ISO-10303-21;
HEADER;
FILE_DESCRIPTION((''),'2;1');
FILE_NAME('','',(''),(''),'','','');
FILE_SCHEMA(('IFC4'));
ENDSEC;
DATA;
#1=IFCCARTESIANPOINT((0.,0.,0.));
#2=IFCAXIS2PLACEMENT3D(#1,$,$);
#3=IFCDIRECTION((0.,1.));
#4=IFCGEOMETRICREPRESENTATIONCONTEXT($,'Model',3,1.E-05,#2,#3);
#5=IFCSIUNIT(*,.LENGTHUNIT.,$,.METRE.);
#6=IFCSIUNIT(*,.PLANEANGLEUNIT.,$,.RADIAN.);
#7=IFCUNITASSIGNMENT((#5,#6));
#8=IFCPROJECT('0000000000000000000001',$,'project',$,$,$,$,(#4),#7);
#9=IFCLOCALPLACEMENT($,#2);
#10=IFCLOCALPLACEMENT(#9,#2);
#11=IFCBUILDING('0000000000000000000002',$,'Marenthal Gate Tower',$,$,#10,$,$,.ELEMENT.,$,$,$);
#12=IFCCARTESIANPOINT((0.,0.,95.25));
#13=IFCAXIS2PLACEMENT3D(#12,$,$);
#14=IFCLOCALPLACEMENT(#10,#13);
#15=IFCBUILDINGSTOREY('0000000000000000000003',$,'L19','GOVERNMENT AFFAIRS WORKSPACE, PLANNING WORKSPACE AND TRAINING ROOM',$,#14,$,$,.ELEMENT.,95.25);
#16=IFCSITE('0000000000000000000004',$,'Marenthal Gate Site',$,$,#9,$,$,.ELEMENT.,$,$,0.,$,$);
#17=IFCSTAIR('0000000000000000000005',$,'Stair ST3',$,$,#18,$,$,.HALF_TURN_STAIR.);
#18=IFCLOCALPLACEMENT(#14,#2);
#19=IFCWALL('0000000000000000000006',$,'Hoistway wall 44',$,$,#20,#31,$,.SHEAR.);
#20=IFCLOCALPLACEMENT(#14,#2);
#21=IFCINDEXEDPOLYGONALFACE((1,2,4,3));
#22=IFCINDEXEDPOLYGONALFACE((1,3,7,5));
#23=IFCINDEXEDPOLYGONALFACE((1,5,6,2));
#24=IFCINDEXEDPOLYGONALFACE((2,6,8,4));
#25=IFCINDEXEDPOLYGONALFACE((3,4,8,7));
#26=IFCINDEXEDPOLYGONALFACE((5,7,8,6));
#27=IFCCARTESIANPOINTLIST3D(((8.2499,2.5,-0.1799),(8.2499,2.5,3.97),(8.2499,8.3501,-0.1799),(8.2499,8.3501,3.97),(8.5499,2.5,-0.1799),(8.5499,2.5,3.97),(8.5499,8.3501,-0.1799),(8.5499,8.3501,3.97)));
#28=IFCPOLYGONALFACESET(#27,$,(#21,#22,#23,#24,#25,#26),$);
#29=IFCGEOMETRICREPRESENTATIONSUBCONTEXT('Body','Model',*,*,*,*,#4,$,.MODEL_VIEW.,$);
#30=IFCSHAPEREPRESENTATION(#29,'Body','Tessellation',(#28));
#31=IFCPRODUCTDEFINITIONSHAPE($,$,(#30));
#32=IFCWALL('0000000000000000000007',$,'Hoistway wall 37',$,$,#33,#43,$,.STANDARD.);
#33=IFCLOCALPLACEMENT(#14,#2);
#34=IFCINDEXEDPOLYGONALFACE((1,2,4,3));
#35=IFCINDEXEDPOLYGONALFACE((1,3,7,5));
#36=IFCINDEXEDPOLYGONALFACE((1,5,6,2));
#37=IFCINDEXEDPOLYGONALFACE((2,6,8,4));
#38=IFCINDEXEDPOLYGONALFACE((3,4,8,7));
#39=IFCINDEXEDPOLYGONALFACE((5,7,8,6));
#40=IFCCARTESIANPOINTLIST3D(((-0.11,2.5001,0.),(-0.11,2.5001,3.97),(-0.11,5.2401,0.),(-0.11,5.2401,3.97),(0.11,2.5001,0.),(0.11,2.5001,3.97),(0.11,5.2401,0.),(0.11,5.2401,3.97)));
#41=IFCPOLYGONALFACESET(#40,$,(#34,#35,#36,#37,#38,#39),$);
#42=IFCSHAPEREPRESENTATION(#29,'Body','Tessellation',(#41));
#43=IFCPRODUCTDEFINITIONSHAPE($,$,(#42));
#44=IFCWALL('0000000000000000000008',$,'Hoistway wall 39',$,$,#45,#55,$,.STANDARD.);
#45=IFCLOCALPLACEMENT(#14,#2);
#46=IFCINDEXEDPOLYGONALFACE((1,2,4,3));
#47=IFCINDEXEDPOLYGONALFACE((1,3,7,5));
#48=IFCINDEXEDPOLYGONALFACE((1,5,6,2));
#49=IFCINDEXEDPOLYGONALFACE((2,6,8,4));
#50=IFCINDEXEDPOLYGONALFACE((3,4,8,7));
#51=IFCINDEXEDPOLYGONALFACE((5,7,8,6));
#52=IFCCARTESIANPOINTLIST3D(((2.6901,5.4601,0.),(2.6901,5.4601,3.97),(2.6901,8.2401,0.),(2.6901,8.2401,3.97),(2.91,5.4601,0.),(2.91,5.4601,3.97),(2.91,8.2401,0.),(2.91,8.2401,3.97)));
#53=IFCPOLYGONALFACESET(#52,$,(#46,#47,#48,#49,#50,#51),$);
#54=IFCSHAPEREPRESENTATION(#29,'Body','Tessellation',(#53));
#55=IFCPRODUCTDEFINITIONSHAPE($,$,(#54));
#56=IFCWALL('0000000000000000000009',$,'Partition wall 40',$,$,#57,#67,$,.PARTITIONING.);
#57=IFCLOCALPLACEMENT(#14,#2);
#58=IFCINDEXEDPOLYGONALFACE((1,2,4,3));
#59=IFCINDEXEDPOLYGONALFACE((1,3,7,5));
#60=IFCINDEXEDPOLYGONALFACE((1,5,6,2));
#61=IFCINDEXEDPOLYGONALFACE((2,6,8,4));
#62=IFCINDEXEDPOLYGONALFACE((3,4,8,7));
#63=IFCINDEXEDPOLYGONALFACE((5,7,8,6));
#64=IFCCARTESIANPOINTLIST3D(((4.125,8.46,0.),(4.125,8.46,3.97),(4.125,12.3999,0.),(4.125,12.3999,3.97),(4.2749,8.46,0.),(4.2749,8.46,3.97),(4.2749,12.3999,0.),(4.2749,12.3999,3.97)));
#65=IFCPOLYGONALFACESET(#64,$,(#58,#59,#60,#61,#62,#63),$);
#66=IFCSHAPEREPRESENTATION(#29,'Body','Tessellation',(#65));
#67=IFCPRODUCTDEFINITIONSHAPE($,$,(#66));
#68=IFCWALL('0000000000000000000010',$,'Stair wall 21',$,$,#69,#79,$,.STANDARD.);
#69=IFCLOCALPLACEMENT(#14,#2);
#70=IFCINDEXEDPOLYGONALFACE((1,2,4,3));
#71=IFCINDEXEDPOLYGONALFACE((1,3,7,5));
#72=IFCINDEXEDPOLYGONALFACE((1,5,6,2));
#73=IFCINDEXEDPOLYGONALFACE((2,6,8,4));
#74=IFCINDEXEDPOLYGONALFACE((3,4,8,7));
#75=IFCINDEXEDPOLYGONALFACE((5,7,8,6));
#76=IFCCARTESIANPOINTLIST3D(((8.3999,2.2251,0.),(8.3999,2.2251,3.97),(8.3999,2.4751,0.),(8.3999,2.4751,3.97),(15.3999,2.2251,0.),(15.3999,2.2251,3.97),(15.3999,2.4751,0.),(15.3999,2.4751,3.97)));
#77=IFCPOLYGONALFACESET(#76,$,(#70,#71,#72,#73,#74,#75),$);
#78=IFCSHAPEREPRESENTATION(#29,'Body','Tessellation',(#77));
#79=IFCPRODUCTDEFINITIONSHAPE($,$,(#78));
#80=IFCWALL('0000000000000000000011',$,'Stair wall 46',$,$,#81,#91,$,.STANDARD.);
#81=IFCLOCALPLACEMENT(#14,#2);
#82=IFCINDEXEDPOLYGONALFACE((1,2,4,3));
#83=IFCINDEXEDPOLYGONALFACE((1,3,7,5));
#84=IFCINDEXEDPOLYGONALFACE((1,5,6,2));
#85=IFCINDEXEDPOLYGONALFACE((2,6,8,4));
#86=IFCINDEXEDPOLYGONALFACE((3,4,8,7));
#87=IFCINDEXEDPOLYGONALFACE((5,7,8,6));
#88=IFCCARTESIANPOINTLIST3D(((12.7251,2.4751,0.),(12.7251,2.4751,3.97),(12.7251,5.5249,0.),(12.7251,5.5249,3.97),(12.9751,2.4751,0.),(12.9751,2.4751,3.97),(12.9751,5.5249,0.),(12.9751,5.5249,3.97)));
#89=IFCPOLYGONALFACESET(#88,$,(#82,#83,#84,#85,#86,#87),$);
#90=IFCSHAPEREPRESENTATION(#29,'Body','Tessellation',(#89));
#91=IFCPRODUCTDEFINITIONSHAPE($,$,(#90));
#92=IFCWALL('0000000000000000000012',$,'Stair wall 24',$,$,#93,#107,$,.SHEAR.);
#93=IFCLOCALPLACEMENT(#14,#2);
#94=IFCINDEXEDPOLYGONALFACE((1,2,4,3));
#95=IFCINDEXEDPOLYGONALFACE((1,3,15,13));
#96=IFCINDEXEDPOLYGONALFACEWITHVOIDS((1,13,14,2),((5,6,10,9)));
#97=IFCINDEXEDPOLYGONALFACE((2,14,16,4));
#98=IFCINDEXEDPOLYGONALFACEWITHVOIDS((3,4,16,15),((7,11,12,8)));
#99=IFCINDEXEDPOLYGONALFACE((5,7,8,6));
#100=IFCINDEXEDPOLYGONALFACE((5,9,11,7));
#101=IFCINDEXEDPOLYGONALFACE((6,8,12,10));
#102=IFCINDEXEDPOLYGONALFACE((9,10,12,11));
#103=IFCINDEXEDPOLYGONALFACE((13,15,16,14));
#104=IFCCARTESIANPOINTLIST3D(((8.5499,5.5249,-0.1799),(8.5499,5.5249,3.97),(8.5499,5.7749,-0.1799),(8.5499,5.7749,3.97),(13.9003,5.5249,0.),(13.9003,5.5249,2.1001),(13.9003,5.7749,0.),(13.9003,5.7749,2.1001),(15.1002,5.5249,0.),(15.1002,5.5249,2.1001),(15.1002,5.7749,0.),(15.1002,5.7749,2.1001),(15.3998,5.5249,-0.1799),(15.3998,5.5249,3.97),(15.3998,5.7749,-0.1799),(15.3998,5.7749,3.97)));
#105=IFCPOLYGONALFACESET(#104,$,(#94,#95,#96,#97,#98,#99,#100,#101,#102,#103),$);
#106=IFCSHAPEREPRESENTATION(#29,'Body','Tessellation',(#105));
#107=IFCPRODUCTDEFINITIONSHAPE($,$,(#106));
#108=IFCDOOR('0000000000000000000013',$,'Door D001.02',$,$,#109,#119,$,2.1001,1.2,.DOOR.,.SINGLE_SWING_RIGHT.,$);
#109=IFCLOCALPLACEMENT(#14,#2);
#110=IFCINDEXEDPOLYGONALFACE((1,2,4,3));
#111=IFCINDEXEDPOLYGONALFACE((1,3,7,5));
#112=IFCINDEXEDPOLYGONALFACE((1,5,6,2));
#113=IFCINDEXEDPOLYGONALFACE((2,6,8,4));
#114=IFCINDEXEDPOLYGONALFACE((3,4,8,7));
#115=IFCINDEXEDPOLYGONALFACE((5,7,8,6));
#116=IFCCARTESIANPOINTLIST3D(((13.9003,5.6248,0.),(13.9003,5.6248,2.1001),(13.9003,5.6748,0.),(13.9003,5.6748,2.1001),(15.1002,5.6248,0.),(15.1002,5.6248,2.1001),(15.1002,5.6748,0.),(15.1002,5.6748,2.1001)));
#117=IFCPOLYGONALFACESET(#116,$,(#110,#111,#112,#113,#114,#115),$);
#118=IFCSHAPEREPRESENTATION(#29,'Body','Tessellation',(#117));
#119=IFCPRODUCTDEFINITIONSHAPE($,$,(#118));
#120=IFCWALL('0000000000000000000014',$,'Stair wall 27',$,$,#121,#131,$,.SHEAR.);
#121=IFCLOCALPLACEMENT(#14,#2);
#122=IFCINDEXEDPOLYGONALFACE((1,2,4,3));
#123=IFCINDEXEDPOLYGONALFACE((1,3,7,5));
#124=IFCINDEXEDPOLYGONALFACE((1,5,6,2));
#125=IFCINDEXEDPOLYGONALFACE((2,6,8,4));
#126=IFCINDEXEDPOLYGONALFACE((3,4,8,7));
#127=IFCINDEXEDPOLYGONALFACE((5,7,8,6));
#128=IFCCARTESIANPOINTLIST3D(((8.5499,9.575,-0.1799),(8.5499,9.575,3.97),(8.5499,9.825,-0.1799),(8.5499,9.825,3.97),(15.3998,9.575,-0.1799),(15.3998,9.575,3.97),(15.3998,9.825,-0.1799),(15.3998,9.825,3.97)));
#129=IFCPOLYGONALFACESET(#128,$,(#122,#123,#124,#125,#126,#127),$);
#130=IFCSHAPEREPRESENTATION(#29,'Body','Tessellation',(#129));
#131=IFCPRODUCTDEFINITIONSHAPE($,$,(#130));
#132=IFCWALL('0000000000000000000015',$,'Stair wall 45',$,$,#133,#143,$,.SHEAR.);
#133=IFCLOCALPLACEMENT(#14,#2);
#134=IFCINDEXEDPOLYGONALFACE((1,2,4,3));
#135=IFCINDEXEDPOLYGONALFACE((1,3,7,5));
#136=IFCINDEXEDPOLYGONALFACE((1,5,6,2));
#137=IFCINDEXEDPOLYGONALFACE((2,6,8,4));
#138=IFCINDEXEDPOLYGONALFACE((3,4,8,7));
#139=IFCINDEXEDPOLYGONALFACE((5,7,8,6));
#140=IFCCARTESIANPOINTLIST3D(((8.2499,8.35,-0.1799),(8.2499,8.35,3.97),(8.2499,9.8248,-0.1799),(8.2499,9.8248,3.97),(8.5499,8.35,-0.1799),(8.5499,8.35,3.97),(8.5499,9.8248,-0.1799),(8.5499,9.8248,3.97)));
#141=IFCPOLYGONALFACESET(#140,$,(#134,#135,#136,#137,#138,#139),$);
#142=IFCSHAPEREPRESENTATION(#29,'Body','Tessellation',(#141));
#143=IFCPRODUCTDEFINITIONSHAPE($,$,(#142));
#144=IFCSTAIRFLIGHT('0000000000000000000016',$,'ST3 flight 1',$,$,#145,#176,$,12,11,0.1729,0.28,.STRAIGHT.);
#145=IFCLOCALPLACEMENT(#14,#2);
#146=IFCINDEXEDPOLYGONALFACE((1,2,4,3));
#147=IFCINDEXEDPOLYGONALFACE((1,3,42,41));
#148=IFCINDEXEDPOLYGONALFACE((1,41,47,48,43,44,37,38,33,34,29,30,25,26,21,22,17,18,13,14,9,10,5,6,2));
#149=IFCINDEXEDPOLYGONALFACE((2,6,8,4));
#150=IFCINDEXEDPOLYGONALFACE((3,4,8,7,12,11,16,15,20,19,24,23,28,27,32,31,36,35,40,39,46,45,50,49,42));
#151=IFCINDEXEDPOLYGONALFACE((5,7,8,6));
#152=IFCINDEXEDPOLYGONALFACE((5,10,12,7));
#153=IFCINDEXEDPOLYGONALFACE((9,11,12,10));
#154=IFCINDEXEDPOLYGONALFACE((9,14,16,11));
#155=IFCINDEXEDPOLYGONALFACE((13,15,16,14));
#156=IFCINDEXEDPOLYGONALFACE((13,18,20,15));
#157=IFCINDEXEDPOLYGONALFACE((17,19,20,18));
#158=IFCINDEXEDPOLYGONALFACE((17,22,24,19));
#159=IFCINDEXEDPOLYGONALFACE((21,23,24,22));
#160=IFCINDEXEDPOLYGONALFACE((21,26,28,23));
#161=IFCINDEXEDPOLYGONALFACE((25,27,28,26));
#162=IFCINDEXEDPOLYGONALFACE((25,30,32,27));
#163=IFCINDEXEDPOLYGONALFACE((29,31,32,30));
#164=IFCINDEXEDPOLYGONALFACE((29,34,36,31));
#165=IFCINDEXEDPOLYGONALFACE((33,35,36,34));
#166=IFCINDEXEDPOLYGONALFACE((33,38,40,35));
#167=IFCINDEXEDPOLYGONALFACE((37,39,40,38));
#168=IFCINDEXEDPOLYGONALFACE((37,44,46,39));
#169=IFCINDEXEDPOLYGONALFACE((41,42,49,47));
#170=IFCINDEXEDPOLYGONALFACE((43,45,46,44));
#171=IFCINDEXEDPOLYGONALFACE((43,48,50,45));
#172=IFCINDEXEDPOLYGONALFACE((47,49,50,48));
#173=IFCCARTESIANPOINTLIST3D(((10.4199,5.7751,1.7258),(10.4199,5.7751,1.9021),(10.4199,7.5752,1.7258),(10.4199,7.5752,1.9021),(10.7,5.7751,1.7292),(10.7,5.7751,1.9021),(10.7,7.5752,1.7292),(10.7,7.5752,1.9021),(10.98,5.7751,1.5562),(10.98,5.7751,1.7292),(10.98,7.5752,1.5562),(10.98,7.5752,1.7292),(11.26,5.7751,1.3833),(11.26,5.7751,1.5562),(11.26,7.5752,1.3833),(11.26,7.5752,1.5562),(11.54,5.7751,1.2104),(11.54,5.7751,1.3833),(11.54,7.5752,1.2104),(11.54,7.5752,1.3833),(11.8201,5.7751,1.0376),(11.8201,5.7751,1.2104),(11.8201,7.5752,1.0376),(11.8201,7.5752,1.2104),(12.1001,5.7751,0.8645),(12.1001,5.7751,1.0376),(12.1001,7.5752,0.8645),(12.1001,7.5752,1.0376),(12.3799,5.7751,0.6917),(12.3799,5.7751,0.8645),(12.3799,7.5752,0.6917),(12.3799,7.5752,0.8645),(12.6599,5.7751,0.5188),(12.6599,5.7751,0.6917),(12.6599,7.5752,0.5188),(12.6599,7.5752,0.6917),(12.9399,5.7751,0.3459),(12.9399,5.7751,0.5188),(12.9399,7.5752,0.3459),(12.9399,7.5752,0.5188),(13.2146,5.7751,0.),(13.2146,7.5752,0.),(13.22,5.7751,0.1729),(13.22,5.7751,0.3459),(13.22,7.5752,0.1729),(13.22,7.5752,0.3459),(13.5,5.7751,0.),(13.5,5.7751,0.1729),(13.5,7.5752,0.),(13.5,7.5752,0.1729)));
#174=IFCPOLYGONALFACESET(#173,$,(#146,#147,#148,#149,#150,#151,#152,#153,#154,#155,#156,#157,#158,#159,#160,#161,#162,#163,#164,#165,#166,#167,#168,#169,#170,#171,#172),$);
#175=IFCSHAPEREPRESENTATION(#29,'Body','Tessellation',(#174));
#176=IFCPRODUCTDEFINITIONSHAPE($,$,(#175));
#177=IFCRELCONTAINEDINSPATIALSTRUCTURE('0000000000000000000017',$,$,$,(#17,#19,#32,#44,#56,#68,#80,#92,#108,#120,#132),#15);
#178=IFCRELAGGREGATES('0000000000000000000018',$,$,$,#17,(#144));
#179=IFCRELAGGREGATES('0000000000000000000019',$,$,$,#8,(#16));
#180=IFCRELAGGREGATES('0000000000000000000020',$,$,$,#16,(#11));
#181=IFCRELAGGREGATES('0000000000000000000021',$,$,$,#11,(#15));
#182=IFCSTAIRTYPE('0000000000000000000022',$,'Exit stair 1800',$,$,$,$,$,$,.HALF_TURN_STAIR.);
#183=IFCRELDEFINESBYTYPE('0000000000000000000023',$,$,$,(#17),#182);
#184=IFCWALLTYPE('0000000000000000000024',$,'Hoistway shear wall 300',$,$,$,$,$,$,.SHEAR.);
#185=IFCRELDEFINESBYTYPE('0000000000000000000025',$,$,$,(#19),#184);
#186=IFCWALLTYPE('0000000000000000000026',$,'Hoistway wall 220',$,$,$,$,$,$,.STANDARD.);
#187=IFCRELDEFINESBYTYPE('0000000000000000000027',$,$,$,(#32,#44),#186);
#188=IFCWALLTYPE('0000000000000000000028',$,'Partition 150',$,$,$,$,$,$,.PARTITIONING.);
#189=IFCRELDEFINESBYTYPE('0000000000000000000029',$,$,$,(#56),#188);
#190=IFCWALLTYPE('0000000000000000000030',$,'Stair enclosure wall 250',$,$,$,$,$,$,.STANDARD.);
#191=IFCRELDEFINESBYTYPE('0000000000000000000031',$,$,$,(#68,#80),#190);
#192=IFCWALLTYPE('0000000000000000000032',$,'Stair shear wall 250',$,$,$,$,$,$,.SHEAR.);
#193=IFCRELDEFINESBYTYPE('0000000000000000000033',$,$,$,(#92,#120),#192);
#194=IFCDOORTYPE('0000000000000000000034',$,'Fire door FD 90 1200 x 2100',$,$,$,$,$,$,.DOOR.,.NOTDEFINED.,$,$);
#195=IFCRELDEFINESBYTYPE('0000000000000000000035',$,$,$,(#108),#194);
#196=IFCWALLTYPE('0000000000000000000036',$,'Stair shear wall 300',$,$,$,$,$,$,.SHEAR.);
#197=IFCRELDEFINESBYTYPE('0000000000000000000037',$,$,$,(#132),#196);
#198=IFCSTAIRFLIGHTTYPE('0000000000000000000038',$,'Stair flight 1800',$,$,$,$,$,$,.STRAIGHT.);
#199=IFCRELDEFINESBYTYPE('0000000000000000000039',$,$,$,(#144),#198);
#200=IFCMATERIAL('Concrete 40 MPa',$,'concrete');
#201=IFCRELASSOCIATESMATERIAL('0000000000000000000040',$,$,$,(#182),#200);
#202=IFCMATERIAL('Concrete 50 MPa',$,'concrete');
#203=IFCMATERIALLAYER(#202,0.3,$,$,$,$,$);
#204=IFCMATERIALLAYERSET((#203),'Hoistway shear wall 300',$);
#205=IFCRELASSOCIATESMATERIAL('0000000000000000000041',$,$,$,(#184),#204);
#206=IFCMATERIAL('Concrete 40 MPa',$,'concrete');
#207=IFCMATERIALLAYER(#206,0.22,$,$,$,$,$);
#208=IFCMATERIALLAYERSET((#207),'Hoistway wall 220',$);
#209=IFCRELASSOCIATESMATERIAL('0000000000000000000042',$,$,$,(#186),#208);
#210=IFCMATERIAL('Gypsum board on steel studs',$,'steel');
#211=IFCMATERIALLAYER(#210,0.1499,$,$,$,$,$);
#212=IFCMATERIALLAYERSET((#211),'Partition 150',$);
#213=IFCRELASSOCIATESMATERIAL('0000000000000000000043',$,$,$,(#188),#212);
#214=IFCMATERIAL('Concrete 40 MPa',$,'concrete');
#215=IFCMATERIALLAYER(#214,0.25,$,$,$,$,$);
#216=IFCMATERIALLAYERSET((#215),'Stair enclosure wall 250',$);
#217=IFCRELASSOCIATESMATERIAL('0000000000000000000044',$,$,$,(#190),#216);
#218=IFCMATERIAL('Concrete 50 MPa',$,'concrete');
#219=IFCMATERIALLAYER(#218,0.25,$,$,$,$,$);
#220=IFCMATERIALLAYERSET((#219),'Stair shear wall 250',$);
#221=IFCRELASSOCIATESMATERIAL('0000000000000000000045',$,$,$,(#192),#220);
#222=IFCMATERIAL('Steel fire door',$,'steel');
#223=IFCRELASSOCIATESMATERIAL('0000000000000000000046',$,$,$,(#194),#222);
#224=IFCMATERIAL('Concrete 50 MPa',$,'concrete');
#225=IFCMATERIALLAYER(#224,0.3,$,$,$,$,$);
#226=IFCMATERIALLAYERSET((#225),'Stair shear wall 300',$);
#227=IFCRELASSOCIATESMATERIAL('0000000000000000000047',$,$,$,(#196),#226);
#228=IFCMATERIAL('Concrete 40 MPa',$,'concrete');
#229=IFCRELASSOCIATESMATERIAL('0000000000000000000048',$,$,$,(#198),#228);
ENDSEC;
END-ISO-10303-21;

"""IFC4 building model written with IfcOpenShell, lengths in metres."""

from ifc_helpers import new_model, si_unit, direction, frame, frame_2d, origin, place, context, subcontext, project, spatial, polyline, rectangle, outline, extrude, material, layer, layer_set, type_object, element, fill, aggregate, save


model = new_model("IFC4")

# Units and contexts
model_context = context("Model", 3, precision=1e-05, world=origin(), true_north=direction((0.0, 1.0)))
body_context = subcontext(model_context, "Body", "Model", "MODEL_VIEW")
ifc_project = project(units=[si_unit("LENGTHUNIT", "METRE"), si_unit("PLANEANGLEUNIT", "RADIAN")], contexts=[model_context])

# Site, building, storey
site_placement = place(None, origin())
site = spatial("IfcSite", under=ifc_project, at=site_placement, Name="Marenthal Gate Site", CompositionType="ELEMENT", RefElevation=0.0)
building_placement = place(site_placement, origin())
building = spatial("IfcBuilding", under=site, at=building_placement, Name="Marenthal Gate Tower", CompositionType="ELEMENT")
storey_placement = place(building_placement, frame((0.0, 0.0, 95.25)))
storey = spatial("IfcBuildingStorey", under=building, at=storey_placement, Name="L19", Description="GOVERNMENT AFFAIRS WORKSPACE, PLANNING WORKSPACE AND TRAINING ROOM", CompositionType="ELEMENT", Elevation=95.25)

# Stair
ifc_material_1 = material(Name="Concrete 40 MPa", Category="concrete")
stair_type = type_object("IfcStairType", Name="Exit stair 1800", PredefinedType="HALF_TURN_STAIR", material=ifc_material_1)
stair_1_placement = place(storey_placement, origin())
stair_1 = element("IfcStair", 1, at=stair_1_placement, inside=storey, type_object=stair_type, Name="Stair ST3", PredefinedType="HALF_TURN_STAIR")

# Walls
ifc_material_2 = material(Name="Concrete 50 MPa", Category="concrete")
ifc_layer_1 = layer(ifc_material_2, 0.3)
ifc_layer_set_1 = layer_set([ifc_layer_1], Name="Hoistway shear wall 300")
wall_type_1 = type_object("IfcWallType", Name="Hoistway shear wall 300", PredefinedType="SHEAR", material=ifc_layer_set_1)
wall_1_placement = place(storey_placement, frame((8.3999, 2.5, -0.1799), z_axis=(0.0, 0.0, 1.0), x_axis=(0.0, 1.0, 0.0)))
element("IfcWall", 2, at=wall_1_placement, inside=storey, type_object=wall_type_1, Name="Hoistway wall 44", PredefinedType="SHEAR", context=body_context, shape_type="SweptSolid", body=[
    extrude(rectangle(XDim=5.8501, YDim=0.3, at=frame_2d((2.925, 0.0))), origin(), (0.0, 0.0, 1.0), 4.1499),
])
ifc_material_3 = material(Name="Concrete 40 MPa", Category="concrete")
ifc_layer_2 = layer(ifc_material_3, 0.22)
ifc_layer_set_2 = layer_set([ifc_layer_2], Name="Hoistway wall 220")
wall_type_2 = type_object("IfcWallType", Name="Hoistway wall 220", PredefinedType="STANDARD", material=ifc_layer_set_2)
wall_2_placement = place(storey_placement, frame((0.0, 2.5, 0.0), z_axis=(0.0, 0.0, 1.0), x_axis=(0.0, 1.0, 0.0)))
element("IfcWall", 3, at=wall_2_placement, inside=storey, type_object=wall_type_2, Name="Hoistway wall 37", PredefinedType="STANDARD", context=body_context, shape_type="SweptSolid", body=[
    extrude(rectangle(XDim=2.74, YDim=0.22, at=frame_2d((1.3701, 0.0))), origin(), (0.0, 0.0, 1.0), 3.97),
])
wall_3_placement = place(storey_placement, frame((2.8, 5.46, 0.0), z_axis=(0.0, 0.0, 1.0), x_axis=(0.0, 1.0, 0.0)))
element("IfcWall", 4, at=wall_3_placement, inside=storey, type_object=wall_type_2, Name="Hoistway wall 39", PredefinedType="STANDARD", context=body_context, shape_type="SweptSolid", body=[
    extrude(rectangle(XDim=2.78, YDim=0.22, at=frame_2d((1.3901, 0.0))), origin(), (0.0, 0.0, 1.0), 3.97),
])
ifc_material_4 = material(Name="Gypsum board on steel studs", Category="steel")
ifc_layer_3 = layer(ifc_material_4, 0.1499)
ifc_layer_set_3 = layer_set([ifc_layer_3], Name="Partition 150")
wall_type_3 = type_object("IfcWallType", Name="Partition 150", PredefinedType="PARTITIONING", material=ifc_layer_set_3)
wall_4_placement = place(storey_placement, frame((4.2, 8.46, 0.0), z_axis=(0.0, 0.0, 1.0), x_axis=(0.0, 1.0, 0.0)))
element("IfcWall", 5, at=wall_4_placement, inside=storey, type_object=wall_type_3, Name="Partition wall 40", PredefinedType="PARTITIONING", context=body_context, shape_type="SweptSolid", body=[
    extrude(rectangle(XDim=3.9399, YDim=0.1499, at=frame_2d((1.97, 0.0))), origin(), (0.0, 0.0, 1.0), 3.97),
])
ifc_material_5 = material(Name="Concrete 40 MPa", Category="concrete")
ifc_layer_4 = layer(ifc_material_5, 0.25)
ifc_layer_set_4 = layer_set([ifc_layer_4], Name="Stair enclosure wall 250")
wall_type_4 = type_object("IfcWallType", Name="Stair enclosure wall 250", PredefinedType="STANDARD", material=ifc_layer_set_4)
wall_5_placement = place(storey_placement, frame((8.3999, 2.3501, 0.0), z_axis=(0.0, 0.0, 1.0), x_axis=(1.0, 0.0, 0.0)))
element("IfcWall", 6, at=wall_5_placement, inside=storey, type_object=wall_type_4, Name="Stair wall 21", PredefinedType="STANDARD", context=body_context, shape_type="SweptSolid", body=[
    extrude(rectangle(XDim=7.0, YDim=0.25, at=frame_2d((3.5, 0.0))), origin(), (0.0, 0.0, 1.0), 3.97),
])
wall_6_placement = place(storey_placement, frame((12.8501, 2.4751, 0.0), z_axis=(0.0, 0.0, 1.0), x_axis=(0.0, 1.0, 0.0)))
element("IfcWall", 7, at=wall_6_placement, inside=storey, type_object=wall_type_4, Name="Stair wall 46", PredefinedType="STANDARD", context=body_context, shape_type="SweptSolid", body=[
    extrude(rectangle(XDim=3.0498, YDim=0.25, at=frame_2d((1.5249, 0.0))), origin(), (0.0, 0.0, 1.0), 3.97),
])

# Wall, opening, door
ifc_material_6 = material(Name="Concrete 50 MPa", Category="concrete")
ifc_layer_5 = layer(ifc_material_6, 0.25)
ifc_layer_set_5 = layer_set([ifc_layer_5], Name="Stair shear wall 250")
wall_type_5 = type_object("IfcWallType", Name="Stair shear wall 250", PredefinedType="SHEAR", material=ifc_layer_set_5)
wall_7_placement = place(storey_placement, frame((8.55, 5.6499, -0.1799), z_axis=(0.0, 0.0, 1.0), x_axis=(1.0, 0.0, 0.0)))
wall_7 = element("IfcWall", 8, at=wall_7_placement, inside=storey, type_object=wall_type_5, Name="Stair wall 24", PredefinedType="SHEAR", context=body_context, shape_type="SweptSolid", body=[
    extrude(rectangle(XDim=6.8499, YDim=0.25, at=frame_2d((3.4248, 0.0))), origin(), (0.0, 0.0, 1.0), 4.1499),
])
opening_1_placement = place(wall_7_placement, frame((5.3501, 0.0, 0.1799)))
opening_1 = element("IfcOpeningElement", 9, at=opening_1_placement, cuts=wall_7, PredefinedType="OPENING", context=body_context, shape_type="SweptSolid", body=[
    extrude(rectangle(XDim=1.2, YDim=2.1001, at=frame_2d((0.6001, 1.05))), frame((0.0, 0.135, 0.0), z_axis=(0.0, -1.0, 0.0), x_axis=(1.0, 0.0, 0.0)), (0.0, 0.0, 1.0), 0.27),
])
ifc_material_7 = material(Name="Steel fire door", Category="steel")
door_type_1 = type_object("IfcDoorType", Name="Fire door FD 90 1200 x 2100", OperationType="NOTDEFINED", PredefinedType="DOOR", material=ifc_material_7)
door_1_placement = place(opening_1_placement, origin())
door_1 = element("IfcDoor", 10, at=door_1_placement, inside=storey, type_object=door_type_1, Name="Door D001.02", OperationType="SINGLE_SWING_RIGHT", OverallHeight=2.1001, OverallWidth=1.2, PredefinedType="DOOR", context=body_context, shape_type="SweptSolid", body=[
    extrude(rectangle(XDim=1.2, YDim=2.1001, at=frame_2d((0.6001, 1.05))), frame((0.0, 0.0249, 0.0), z_axis=(0.0, -1.0, 0.0), x_axis=(1.0, 0.0, 0.0)), (0.0, 0.0, 1.0), 0.05),
])
fill(opening_1, door_1)

# Walls
wall_8_placement = place(storey_placement, frame((8.55, 9.7, -0.1799), z_axis=(0.0, 0.0, 1.0), x_axis=(1.0, 0.0, 0.0)))
element("IfcWall", 11, at=wall_8_placement, inside=storey, type_object=wall_type_5, Name="Stair wall 27", PredefinedType="SHEAR", context=body_context, shape_type="SweptSolid", body=[
    extrude(rectangle(XDim=6.8499, YDim=0.25, at=frame_2d((3.4248, 0.0))), origin(), (0.0, 0.0, 1.0), 4.1499),
])
ifc_material_8 = material(Name="Concrete 50 MPa", Category="concrete")
ifc_layer_6 = layer(ifc_material_8, 0.3)
ifc_layer_set_6 = layer_set([ifc_layer_6], Name="Stair shear wall 300")
wall_type_6 = type_object("IfcWallType", Name="Stair shear wall 300", PredefinedType="SHEAR", material=ifc_layer_set_6)
wall_9_placement = place(storey_placement, frame((8.3999, 8.3501, -0.1799), z_axis=(0.0, 0.0, 1.0), x_axis=(0.0, 1.0, 0.0)))
element("IfcWall", 12, at=wall_9_placement, inside=storey, type_object=wall_type_6, Name="Stair wall 45", PredefinedType="SHEAR", context=body_context, shape_type="SweptSolid", body=[
    extrude(rectangle(XDim=1.4749, YDim=0.3, at=frame_2d((0.7373, 0.0))), origin(), (0.0, 0.0, 1.0), 4.1499),
])

# Stair flight
ifc_material_9 = material(Name="Concrete 40 MPa", Category="concrete")
stair_flight_type = type_object("IfcStairFlightType", Name="Stair flight 1800", PredefinedType="STRAIGHT", material=ifc_material_9)
stair_flight_1_placement = place(storey_placement, frame((13.5, 6.675, 0.0), z_axis=(0.0, 0.0, 1.0), x_axis=(-1.0, 0.0, 0.0)))
stair_flight_1 = element("IfcStairFlight", 13, at=stair_flight_1_placement, type_object=stair_flight_type, Name="ST3 flight 1", NumberOfRisers=12, NumberOfTreads=11, PredefinedType="STRAIGHT", RiserHeight=0.1729, TreadLength=0.28, context=body_context, shape_type="SweptSolid", body=[
    extrude(outline(polyline([(0.0, 0.0), (0.0, 0.1729), (0.28, 0.1729), (0.28, 0.3459), (0.5601, 0.3459), (0.5601, 0.5188), (0.8401, 0.5188), (0.8401, 0.6917), (1.1201, 0.6917), (1.1201, 0.8645), (1.3999, 0.8645), (1.3999, 1.0376), (1.6799, 1.0376), (1.6799, 1.2104), (1.96, 1.2104), (1.96, 1.3833), (2.24, 1.3833), (2.24, 1.5562), (2.52, 1.5562), (2.52, 1.7292), (2.8, 1.7292), (2.8, 1.9021), (3.0801, 1.9021), (3.0801, 2.075), (3.0801, 1.7258), (0.2854, 0.0), (0.0, 0.0)])), frame((0.0, 0.8999, 0.0), z_axis=(0.0, -1.0, 0.0), x_axis=(1.0, 0.0, 0.0)), (0.0, 0.0, 1.0), 1.8),
])
aggregate(stair_1, [stair_flight_1])

save(model, "model.ifc")
